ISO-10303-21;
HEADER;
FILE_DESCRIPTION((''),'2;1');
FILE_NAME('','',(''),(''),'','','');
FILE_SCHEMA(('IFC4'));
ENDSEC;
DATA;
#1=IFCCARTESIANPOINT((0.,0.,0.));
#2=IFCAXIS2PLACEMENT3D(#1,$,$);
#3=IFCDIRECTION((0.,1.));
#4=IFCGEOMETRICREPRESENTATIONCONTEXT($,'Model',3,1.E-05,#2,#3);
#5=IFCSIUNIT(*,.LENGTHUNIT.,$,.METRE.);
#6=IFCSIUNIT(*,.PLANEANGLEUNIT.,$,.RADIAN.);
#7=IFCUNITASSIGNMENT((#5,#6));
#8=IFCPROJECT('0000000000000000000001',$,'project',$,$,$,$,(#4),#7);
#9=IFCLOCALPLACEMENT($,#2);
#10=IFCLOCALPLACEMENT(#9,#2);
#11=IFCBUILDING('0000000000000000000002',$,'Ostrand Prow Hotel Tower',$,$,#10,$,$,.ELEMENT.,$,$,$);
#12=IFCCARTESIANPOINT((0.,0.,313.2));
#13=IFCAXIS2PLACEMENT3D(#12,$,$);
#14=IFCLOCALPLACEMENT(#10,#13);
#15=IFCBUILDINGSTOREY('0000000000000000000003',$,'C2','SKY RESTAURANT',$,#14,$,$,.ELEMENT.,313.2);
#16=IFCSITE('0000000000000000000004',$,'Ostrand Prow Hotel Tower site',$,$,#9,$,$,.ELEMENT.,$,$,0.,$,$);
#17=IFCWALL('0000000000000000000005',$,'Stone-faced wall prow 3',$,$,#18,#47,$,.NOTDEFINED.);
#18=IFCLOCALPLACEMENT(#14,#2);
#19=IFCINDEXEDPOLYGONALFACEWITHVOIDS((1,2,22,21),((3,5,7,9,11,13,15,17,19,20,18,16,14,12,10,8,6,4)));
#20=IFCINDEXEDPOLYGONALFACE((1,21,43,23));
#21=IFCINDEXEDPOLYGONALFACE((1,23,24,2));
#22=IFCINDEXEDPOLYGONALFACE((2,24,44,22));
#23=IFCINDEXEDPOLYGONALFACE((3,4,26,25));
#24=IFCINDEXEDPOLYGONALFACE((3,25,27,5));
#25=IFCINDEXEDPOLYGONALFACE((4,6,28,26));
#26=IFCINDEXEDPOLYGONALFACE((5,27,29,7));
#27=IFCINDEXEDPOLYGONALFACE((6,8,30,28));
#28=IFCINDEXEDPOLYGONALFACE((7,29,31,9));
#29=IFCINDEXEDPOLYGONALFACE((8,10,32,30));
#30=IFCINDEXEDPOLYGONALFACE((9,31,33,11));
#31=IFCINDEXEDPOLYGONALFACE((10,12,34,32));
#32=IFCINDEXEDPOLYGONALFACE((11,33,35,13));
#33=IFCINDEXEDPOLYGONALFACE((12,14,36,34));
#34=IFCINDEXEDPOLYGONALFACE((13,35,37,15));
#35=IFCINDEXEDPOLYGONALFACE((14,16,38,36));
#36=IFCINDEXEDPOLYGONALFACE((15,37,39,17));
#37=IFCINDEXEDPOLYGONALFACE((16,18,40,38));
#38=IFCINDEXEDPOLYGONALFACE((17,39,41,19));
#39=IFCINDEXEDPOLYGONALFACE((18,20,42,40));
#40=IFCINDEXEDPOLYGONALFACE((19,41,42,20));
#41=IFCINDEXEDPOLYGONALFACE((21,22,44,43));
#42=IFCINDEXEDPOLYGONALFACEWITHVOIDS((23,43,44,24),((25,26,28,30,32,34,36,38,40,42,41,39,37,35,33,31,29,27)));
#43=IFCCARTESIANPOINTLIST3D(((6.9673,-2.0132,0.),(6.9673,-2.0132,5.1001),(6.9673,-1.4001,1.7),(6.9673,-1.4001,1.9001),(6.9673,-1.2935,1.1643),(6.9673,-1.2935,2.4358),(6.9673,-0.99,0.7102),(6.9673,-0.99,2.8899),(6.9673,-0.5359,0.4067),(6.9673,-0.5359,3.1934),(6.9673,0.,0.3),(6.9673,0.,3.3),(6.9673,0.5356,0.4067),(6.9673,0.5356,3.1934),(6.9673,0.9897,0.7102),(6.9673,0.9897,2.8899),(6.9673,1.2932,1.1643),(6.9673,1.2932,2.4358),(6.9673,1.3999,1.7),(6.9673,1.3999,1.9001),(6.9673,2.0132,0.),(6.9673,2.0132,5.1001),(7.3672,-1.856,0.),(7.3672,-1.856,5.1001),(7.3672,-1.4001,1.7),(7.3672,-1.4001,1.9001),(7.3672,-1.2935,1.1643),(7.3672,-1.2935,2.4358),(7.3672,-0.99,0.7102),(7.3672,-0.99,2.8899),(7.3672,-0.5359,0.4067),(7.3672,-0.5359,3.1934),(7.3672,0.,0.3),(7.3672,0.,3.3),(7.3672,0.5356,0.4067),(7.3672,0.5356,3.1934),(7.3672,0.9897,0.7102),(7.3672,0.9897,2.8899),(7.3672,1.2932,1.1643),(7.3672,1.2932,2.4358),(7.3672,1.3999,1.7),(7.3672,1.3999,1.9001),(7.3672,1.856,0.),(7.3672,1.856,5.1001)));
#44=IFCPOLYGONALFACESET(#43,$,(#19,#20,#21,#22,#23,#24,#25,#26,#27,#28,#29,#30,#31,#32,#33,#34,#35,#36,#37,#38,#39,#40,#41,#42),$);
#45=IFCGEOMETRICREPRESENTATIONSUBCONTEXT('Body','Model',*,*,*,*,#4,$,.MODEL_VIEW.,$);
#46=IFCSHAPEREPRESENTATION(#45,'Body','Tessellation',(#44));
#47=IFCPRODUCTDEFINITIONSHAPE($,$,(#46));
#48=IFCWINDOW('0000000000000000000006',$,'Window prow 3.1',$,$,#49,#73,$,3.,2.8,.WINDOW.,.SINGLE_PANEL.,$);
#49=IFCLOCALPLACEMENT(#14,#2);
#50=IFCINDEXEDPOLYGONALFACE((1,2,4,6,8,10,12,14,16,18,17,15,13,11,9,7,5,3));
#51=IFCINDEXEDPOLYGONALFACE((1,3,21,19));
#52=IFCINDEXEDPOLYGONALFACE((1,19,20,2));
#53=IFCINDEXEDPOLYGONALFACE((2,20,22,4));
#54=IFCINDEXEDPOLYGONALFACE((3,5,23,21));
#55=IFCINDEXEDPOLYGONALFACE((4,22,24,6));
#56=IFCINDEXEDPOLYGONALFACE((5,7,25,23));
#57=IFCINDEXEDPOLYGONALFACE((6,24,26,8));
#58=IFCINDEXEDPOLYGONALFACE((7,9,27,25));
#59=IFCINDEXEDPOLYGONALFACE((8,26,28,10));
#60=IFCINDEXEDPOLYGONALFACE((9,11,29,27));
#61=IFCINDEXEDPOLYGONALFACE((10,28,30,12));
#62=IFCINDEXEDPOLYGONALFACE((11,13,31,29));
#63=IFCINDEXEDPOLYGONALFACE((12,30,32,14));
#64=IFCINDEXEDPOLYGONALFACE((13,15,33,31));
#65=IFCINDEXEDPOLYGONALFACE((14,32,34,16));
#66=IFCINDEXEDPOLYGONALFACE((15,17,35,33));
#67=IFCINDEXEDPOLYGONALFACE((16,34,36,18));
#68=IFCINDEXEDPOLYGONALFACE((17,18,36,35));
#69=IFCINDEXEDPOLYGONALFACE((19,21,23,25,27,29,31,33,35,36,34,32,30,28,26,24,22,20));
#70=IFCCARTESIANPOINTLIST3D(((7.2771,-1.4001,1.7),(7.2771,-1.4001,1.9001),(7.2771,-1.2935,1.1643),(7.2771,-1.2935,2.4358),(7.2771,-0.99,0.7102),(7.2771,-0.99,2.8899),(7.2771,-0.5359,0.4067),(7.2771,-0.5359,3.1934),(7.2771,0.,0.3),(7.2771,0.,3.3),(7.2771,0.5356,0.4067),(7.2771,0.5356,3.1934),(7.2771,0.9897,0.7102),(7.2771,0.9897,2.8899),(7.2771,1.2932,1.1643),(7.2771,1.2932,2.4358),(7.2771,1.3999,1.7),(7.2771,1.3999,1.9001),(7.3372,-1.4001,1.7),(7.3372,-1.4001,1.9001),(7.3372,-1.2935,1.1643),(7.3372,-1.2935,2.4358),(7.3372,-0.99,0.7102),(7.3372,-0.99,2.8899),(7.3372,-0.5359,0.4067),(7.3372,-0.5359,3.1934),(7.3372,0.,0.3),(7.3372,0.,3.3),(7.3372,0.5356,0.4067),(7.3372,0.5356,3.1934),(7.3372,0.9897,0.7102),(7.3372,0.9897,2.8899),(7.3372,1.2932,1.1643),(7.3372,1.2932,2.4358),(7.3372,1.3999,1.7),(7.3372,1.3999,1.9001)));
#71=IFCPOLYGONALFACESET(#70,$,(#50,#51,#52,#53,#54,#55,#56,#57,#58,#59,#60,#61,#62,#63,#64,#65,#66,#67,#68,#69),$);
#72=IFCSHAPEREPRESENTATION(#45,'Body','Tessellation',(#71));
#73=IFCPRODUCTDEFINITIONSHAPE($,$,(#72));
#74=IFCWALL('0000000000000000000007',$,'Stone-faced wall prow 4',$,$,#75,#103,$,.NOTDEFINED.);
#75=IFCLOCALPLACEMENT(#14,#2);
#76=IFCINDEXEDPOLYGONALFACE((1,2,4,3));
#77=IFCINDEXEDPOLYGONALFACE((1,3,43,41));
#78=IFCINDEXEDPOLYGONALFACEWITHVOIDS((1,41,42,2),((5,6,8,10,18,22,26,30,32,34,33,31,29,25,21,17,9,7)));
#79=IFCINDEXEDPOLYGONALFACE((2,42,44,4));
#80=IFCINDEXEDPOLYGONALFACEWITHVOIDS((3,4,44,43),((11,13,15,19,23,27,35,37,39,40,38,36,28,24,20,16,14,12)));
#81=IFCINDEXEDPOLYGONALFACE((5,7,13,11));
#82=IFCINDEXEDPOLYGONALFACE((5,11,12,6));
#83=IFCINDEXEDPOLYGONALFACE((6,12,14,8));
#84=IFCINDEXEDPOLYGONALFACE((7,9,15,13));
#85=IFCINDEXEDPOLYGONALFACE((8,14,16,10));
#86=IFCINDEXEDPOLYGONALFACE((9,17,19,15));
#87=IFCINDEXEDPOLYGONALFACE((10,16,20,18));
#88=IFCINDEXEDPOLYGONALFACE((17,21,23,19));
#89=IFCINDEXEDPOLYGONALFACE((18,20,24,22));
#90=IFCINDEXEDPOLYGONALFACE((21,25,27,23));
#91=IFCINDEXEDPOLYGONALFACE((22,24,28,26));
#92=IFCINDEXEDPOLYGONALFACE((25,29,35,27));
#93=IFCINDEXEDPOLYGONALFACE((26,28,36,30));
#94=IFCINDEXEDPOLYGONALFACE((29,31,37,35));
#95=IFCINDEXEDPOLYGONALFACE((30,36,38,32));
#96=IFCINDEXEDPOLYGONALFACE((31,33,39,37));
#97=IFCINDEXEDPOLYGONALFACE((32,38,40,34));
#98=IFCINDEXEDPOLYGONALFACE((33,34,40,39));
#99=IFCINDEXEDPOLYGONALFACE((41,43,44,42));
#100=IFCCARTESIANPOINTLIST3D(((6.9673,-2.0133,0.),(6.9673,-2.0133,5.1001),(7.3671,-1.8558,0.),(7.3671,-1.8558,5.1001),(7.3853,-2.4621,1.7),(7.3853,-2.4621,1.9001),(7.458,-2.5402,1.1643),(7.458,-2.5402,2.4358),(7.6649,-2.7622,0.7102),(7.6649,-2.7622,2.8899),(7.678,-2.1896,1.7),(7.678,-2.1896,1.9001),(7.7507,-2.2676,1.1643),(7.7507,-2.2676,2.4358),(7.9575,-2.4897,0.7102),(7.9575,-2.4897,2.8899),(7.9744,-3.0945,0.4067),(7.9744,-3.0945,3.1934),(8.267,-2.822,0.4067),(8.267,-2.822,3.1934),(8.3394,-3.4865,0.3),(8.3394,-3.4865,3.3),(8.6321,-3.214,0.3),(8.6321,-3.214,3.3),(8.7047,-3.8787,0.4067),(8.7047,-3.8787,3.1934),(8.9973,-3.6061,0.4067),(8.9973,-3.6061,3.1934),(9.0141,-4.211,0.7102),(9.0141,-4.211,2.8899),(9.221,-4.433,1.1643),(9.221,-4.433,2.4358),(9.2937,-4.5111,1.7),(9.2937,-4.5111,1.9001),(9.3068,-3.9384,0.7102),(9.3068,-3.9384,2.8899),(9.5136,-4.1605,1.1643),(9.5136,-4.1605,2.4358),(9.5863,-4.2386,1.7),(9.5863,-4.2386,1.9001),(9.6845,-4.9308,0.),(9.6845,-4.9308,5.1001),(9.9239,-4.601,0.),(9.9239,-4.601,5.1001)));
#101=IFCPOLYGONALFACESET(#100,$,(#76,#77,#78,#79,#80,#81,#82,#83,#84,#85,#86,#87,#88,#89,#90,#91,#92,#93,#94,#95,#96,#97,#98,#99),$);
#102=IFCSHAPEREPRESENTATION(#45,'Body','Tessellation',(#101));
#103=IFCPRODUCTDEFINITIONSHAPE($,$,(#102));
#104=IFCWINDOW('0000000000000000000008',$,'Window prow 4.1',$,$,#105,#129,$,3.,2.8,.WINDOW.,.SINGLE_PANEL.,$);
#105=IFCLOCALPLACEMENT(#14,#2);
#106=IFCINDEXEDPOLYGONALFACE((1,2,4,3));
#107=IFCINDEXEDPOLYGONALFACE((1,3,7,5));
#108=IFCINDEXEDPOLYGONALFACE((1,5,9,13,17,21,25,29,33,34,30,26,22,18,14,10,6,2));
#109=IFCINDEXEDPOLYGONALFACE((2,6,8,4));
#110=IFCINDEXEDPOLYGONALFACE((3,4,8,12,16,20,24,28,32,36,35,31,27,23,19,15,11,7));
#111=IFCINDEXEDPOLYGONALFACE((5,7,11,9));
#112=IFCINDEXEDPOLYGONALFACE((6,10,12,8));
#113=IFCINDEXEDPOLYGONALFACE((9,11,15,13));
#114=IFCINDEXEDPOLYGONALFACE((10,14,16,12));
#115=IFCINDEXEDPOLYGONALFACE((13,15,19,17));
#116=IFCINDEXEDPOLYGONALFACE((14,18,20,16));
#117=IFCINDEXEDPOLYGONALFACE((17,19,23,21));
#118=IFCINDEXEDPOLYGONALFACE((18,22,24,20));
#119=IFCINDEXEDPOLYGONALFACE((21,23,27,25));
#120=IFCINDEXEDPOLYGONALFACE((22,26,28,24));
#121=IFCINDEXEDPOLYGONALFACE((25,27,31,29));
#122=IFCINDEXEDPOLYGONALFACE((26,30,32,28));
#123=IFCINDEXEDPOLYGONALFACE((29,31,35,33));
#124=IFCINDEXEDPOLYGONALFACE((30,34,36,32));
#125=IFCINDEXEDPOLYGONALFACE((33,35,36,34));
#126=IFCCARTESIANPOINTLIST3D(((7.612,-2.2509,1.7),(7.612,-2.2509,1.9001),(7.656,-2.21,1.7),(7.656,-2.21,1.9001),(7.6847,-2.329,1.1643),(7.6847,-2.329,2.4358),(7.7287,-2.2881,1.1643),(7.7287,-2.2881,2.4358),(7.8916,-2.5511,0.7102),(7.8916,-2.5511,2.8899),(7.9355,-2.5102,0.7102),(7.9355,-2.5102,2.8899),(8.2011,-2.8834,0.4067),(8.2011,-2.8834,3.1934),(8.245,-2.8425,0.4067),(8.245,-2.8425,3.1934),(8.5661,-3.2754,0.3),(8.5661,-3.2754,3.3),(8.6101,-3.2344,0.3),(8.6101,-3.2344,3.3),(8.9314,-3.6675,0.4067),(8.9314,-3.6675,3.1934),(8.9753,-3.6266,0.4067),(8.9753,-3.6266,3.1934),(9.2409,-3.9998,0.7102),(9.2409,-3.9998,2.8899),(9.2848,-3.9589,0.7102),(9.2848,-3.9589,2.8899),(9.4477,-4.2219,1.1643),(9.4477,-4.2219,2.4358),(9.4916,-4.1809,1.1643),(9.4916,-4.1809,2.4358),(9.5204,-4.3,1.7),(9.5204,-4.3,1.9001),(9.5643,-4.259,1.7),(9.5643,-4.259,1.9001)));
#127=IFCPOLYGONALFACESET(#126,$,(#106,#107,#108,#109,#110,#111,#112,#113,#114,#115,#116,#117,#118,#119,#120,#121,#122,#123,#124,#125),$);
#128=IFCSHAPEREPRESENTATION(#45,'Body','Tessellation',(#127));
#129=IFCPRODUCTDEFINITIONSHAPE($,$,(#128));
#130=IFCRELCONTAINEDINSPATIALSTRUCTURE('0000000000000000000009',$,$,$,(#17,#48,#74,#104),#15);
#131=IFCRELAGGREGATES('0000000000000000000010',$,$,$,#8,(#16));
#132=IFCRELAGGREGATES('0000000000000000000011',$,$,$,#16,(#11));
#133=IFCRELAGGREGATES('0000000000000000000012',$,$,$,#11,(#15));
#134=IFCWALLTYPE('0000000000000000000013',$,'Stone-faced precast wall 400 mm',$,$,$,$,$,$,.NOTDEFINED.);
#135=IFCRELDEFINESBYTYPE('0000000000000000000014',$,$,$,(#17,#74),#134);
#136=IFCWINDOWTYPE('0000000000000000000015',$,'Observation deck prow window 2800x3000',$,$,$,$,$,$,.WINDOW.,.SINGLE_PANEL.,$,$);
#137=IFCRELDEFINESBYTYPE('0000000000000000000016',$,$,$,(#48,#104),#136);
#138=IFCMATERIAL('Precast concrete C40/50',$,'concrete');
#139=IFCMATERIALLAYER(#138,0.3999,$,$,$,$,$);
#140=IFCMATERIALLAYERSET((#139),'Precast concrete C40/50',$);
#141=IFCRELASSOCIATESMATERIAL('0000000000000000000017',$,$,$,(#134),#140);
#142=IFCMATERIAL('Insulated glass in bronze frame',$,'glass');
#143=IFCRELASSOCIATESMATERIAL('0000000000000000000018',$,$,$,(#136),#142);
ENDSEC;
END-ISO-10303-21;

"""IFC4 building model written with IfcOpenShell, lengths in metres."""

from ifc_helpers import new_model, si_unit, direction, frame, origin, place, context, subcontext, project, spatial, polyline, outline, extrude, material, layer, layer_set, type_object, element, fill, save


model = new_model("IFC4")

# Units and contexts
model_context = context("Model", 3, precision=1e-05, world=origin(), true_north=direction((0.0, 1.0)))
body_context = subcontext(model_context, "Body", "Model", "MODEL_VIEW")
ifc_project = project(units=[si_unit("LENGTHUNIT", "METRE"), si_unit("PLANEANGLEUNIT", "RADIAN")], contexts=[model_context])

# Site, building, storey
site_placement = place(None, origin())
site = spatial("IfcSite", under=ifc_project, at=site_placement, Name="Ostrand Prow Hotel Tower site", CompositionType="ELEMENT", RefElevation=0.0)
building_placement = place(site_placement, origin())
building = spatial("IfcBuilding", under=site, at=building_placement, Name="Ostrand Prow Hotel Tower", CompositionType="ELEMENT")
storey_placement = place(building_placement, frame((0.0, 0.0, 313.2)))
storey = spatial("IfcBuildingStorey", under=building, at=storey_placement, Name="C2", Description="SKY RESTAURANT", CompositionType="ELEMENT", Elevation=313.2)

# Walls, openings, windows
ifc_material_1 = material(Name="Precast concrete C40/50", Category="concrete")
ifc_layer_1 = layer(ifc_material_1, 0.3999)
ifc_layer_set_1 = layer_set([ifc_layer_1], Name="Precast concrete C40/50")
wall_type_1 = type_object("IfcWallType", Name="Stone-faced precast wall 400 mm", PredefinedType="NOTDEFINED", material=ifc_layer_set_1)
ifc_material_2 = material(Name="Insulated glass in bronze frame", Category="glass")
window_type = type_object("IfcWindowType", Name="Observation deck prow window 2800x3000", PartitioningType="SINGLE_PANEL", PredefinedType="WINDOW", material=ifc_material_2)
wall_1_placement = place(storey_placement, frame((7.1672, 1.9346, 0.0), z_axis=(0.0, 0.0, 1.0), x_axis=(0.0, -1.0, 0.0)))
wall_1 = element("IfcWall", 1, at=wall_1_placement, inside=storey, type_object=wall_type_1, Name="Stone-faced wall prow 3", PredefinedType="NOTDEFINED", context=body_context, shape_type="SweptSolid", body=[
    extrude(outline(polyline([(-0.0786, -0.2), (3.9478, -0.2), (3.7905, 0.2), (0.0786, 0.2), (-0.0786, -0.2)])), origin(), (0.0, 0.0, 1.0), 5.1001),
])
opening_1_placement = place(wall_1_placement, frame((0.5347, 0.0, 0.3)))
opening_1 = element("IfcOpeningElement", 2, at=opening_1_placement, cuts=wall_1, PredefinedType="OPENING", context=body_context, shape_type="SweptSolid", body=[
    extrude(outline(polyline([(0.0, 1.6001), (0.1067, 2.1357), (0.4102, 2.5898), (0.8643, 2.8933), (1.3999, 3.0), (1.9358, 2.8933), (2.3899, 2.5898), (2.6934, 2.1357), (2.8, 1.6001), (2.8, 1.3999), (2.6934, 0.8643), (2.3899, 0.4102), (1.9358, 0.1067), (1.3999, 0.0), (0.8643, 0.1067), (0.4102, 0.4102), (0.1067, 0.8643), (0.0, 1.3999), (0.0, 1.6001)])), frame((0.0, 0.21, 0.0), z_axis=(0.0, -1.0, 0.0), x_axis=(1.0, 0.0, 0.0)), (0.0, 0.0, 1.0), 0.4199),
])
window_1_placement = place(opening_1_placement, origin())
window_1 = element("IfcWindow", 3, at=window_1_placement, inside=storey, type_object=window_type, Name="Window prow 3.1", OverallHeight=3.0, OverallWidth=2.8, PartitioningType="SINGLE_PANEL", PredefinedType="WINDOW", context=body_context, shape_type="SweptSolid", body=[
    extrude(outline(polyline([(0.0, 1.6001), (0.1067, 2.1357), (0.4102, 2.5898), (0.8643, 2.8933), (1.3999, 3.0), (1.9358, 2.8933), (2.3899, 2.5898), (2.6934, 2.1357), (2.8, 1.6001), (2.8, 1.3999), (2.6934, 0.8643), (2.3899, 0.4102), (1.9358, 0.1067), (1.3999, 0.0), (0.8643, 0.1067), (0.4102, 0.4102), (0.1067, 0.8643), (0.0, 1.3999), (0.0, 1.6001)])), frame((0.0, 0.1699, 0.0), z_axis=(0.0, -1.0, 0.0), x_axis=(1.0, 0.0, 0.0)), (0.0, 0.0, 1.0), 0.0601),
])
fill(opening_1, window_1)
wall_2_placement = place(storey_placement, frame((7.1672, -1.9346, 0.0), z_axis=(0.0, 0.0, 1.0), x_axis=(0.681547, -0.731775, 0.0)))
wall_2 = element("IfcWall", 4, at=wall_2_placement, inside=storey, type_object=wall_type_1, Name="Stone-faced wall prow 4", PredefinedType="NOTDEFINED", context=body_context, shape_type="SweptSolid", body=[
    extrude(outline(polyline([(-0.0786, -0.2), (3.9082, -0.2), (3.8301, 0.2), (0.0786, 0.2), (-0.0786, -0.2)])), origin(), (0.0, 0.0, 1.0), 5.1001),
])
opening_2_placement = place(wall_2_placement, frame((0.5347, 0.0, 0.3)))
opening_2 = element("IfcOpeningElement", 5, at=opening_2_placement, cuts=wall_2, PredefinedType="OPENING", context=body_context, shape_type="SweptSolid", body=[
    extrude(outline(polyline([(0.0, 1.6001), (0.1067, 2.1357), (0.4102, 2.5898), (0.8643, 2.8933), (1.3999, 3.0), (1.9358, 2.8933), (2.3899, 2.5898), (2.6934, 2.1357), (2.8, 1.6001), (2.8, 1.3999), (2.6934, 0.8643), (2.3899, 0.4102), (1.9358, 0.1067), (1.3999, 0.0), (0.8643, 0.1067), (0.4102, 0.4102), (0.1067, 0.8643), (0.0, 1.3999), (0.0, 1.6001)])), frame((0.0, 0.21, 0.0), z_axis=(0.0, -1.0, 0.0), x_axis=(1.0, 0.0, 0.0)), (0.0, 0.0, 1.0), 0.4199),
])
window_2_placement = place(opening_2_placement, origin())
window_2 = element("IfcWindow", 6, at=window_2_placement, inside=storey, type_object=window_type, Name="Window prow 4.1", OverallHeight=3.0, OverallWidth=2.8, PartitioningType="SINGLE_PANEL", PredefinedType="WINDOW", context=body_context, shape_type="SweptSolid", body=[
    extrude(outline(polyline([(0.0, 1.6001), (0.1067, 2.1357), (0.4102, 2.5898), (0.8643, 2.8933), (1.3999, 3.0), (1.9358, 2.8933), (2.3899, 2.5898), (2.6934, 2.1357), (2.8, 1.6001), (2.8, 1.3999), (2.6934, 0.8643), (2.3899, 0.4102), (1.9358, 0.1067), (1.3999, 0.0), (0.8643, 0.1067), (0.4102, 0.4102), (0.1067, 0.8643), (0.0, 1.3999), (0.0, 1.6001)])), frame((0.0, 0.1699, 0.0), z_axis=(0.0, -1.0, 0.0), x_axis=(1.0, 0.0, 0.0)), (0.0, 0.0, 1.0), 0.0601),
])
fill(opening_2, window_2)

save(model, "model.ifc")
